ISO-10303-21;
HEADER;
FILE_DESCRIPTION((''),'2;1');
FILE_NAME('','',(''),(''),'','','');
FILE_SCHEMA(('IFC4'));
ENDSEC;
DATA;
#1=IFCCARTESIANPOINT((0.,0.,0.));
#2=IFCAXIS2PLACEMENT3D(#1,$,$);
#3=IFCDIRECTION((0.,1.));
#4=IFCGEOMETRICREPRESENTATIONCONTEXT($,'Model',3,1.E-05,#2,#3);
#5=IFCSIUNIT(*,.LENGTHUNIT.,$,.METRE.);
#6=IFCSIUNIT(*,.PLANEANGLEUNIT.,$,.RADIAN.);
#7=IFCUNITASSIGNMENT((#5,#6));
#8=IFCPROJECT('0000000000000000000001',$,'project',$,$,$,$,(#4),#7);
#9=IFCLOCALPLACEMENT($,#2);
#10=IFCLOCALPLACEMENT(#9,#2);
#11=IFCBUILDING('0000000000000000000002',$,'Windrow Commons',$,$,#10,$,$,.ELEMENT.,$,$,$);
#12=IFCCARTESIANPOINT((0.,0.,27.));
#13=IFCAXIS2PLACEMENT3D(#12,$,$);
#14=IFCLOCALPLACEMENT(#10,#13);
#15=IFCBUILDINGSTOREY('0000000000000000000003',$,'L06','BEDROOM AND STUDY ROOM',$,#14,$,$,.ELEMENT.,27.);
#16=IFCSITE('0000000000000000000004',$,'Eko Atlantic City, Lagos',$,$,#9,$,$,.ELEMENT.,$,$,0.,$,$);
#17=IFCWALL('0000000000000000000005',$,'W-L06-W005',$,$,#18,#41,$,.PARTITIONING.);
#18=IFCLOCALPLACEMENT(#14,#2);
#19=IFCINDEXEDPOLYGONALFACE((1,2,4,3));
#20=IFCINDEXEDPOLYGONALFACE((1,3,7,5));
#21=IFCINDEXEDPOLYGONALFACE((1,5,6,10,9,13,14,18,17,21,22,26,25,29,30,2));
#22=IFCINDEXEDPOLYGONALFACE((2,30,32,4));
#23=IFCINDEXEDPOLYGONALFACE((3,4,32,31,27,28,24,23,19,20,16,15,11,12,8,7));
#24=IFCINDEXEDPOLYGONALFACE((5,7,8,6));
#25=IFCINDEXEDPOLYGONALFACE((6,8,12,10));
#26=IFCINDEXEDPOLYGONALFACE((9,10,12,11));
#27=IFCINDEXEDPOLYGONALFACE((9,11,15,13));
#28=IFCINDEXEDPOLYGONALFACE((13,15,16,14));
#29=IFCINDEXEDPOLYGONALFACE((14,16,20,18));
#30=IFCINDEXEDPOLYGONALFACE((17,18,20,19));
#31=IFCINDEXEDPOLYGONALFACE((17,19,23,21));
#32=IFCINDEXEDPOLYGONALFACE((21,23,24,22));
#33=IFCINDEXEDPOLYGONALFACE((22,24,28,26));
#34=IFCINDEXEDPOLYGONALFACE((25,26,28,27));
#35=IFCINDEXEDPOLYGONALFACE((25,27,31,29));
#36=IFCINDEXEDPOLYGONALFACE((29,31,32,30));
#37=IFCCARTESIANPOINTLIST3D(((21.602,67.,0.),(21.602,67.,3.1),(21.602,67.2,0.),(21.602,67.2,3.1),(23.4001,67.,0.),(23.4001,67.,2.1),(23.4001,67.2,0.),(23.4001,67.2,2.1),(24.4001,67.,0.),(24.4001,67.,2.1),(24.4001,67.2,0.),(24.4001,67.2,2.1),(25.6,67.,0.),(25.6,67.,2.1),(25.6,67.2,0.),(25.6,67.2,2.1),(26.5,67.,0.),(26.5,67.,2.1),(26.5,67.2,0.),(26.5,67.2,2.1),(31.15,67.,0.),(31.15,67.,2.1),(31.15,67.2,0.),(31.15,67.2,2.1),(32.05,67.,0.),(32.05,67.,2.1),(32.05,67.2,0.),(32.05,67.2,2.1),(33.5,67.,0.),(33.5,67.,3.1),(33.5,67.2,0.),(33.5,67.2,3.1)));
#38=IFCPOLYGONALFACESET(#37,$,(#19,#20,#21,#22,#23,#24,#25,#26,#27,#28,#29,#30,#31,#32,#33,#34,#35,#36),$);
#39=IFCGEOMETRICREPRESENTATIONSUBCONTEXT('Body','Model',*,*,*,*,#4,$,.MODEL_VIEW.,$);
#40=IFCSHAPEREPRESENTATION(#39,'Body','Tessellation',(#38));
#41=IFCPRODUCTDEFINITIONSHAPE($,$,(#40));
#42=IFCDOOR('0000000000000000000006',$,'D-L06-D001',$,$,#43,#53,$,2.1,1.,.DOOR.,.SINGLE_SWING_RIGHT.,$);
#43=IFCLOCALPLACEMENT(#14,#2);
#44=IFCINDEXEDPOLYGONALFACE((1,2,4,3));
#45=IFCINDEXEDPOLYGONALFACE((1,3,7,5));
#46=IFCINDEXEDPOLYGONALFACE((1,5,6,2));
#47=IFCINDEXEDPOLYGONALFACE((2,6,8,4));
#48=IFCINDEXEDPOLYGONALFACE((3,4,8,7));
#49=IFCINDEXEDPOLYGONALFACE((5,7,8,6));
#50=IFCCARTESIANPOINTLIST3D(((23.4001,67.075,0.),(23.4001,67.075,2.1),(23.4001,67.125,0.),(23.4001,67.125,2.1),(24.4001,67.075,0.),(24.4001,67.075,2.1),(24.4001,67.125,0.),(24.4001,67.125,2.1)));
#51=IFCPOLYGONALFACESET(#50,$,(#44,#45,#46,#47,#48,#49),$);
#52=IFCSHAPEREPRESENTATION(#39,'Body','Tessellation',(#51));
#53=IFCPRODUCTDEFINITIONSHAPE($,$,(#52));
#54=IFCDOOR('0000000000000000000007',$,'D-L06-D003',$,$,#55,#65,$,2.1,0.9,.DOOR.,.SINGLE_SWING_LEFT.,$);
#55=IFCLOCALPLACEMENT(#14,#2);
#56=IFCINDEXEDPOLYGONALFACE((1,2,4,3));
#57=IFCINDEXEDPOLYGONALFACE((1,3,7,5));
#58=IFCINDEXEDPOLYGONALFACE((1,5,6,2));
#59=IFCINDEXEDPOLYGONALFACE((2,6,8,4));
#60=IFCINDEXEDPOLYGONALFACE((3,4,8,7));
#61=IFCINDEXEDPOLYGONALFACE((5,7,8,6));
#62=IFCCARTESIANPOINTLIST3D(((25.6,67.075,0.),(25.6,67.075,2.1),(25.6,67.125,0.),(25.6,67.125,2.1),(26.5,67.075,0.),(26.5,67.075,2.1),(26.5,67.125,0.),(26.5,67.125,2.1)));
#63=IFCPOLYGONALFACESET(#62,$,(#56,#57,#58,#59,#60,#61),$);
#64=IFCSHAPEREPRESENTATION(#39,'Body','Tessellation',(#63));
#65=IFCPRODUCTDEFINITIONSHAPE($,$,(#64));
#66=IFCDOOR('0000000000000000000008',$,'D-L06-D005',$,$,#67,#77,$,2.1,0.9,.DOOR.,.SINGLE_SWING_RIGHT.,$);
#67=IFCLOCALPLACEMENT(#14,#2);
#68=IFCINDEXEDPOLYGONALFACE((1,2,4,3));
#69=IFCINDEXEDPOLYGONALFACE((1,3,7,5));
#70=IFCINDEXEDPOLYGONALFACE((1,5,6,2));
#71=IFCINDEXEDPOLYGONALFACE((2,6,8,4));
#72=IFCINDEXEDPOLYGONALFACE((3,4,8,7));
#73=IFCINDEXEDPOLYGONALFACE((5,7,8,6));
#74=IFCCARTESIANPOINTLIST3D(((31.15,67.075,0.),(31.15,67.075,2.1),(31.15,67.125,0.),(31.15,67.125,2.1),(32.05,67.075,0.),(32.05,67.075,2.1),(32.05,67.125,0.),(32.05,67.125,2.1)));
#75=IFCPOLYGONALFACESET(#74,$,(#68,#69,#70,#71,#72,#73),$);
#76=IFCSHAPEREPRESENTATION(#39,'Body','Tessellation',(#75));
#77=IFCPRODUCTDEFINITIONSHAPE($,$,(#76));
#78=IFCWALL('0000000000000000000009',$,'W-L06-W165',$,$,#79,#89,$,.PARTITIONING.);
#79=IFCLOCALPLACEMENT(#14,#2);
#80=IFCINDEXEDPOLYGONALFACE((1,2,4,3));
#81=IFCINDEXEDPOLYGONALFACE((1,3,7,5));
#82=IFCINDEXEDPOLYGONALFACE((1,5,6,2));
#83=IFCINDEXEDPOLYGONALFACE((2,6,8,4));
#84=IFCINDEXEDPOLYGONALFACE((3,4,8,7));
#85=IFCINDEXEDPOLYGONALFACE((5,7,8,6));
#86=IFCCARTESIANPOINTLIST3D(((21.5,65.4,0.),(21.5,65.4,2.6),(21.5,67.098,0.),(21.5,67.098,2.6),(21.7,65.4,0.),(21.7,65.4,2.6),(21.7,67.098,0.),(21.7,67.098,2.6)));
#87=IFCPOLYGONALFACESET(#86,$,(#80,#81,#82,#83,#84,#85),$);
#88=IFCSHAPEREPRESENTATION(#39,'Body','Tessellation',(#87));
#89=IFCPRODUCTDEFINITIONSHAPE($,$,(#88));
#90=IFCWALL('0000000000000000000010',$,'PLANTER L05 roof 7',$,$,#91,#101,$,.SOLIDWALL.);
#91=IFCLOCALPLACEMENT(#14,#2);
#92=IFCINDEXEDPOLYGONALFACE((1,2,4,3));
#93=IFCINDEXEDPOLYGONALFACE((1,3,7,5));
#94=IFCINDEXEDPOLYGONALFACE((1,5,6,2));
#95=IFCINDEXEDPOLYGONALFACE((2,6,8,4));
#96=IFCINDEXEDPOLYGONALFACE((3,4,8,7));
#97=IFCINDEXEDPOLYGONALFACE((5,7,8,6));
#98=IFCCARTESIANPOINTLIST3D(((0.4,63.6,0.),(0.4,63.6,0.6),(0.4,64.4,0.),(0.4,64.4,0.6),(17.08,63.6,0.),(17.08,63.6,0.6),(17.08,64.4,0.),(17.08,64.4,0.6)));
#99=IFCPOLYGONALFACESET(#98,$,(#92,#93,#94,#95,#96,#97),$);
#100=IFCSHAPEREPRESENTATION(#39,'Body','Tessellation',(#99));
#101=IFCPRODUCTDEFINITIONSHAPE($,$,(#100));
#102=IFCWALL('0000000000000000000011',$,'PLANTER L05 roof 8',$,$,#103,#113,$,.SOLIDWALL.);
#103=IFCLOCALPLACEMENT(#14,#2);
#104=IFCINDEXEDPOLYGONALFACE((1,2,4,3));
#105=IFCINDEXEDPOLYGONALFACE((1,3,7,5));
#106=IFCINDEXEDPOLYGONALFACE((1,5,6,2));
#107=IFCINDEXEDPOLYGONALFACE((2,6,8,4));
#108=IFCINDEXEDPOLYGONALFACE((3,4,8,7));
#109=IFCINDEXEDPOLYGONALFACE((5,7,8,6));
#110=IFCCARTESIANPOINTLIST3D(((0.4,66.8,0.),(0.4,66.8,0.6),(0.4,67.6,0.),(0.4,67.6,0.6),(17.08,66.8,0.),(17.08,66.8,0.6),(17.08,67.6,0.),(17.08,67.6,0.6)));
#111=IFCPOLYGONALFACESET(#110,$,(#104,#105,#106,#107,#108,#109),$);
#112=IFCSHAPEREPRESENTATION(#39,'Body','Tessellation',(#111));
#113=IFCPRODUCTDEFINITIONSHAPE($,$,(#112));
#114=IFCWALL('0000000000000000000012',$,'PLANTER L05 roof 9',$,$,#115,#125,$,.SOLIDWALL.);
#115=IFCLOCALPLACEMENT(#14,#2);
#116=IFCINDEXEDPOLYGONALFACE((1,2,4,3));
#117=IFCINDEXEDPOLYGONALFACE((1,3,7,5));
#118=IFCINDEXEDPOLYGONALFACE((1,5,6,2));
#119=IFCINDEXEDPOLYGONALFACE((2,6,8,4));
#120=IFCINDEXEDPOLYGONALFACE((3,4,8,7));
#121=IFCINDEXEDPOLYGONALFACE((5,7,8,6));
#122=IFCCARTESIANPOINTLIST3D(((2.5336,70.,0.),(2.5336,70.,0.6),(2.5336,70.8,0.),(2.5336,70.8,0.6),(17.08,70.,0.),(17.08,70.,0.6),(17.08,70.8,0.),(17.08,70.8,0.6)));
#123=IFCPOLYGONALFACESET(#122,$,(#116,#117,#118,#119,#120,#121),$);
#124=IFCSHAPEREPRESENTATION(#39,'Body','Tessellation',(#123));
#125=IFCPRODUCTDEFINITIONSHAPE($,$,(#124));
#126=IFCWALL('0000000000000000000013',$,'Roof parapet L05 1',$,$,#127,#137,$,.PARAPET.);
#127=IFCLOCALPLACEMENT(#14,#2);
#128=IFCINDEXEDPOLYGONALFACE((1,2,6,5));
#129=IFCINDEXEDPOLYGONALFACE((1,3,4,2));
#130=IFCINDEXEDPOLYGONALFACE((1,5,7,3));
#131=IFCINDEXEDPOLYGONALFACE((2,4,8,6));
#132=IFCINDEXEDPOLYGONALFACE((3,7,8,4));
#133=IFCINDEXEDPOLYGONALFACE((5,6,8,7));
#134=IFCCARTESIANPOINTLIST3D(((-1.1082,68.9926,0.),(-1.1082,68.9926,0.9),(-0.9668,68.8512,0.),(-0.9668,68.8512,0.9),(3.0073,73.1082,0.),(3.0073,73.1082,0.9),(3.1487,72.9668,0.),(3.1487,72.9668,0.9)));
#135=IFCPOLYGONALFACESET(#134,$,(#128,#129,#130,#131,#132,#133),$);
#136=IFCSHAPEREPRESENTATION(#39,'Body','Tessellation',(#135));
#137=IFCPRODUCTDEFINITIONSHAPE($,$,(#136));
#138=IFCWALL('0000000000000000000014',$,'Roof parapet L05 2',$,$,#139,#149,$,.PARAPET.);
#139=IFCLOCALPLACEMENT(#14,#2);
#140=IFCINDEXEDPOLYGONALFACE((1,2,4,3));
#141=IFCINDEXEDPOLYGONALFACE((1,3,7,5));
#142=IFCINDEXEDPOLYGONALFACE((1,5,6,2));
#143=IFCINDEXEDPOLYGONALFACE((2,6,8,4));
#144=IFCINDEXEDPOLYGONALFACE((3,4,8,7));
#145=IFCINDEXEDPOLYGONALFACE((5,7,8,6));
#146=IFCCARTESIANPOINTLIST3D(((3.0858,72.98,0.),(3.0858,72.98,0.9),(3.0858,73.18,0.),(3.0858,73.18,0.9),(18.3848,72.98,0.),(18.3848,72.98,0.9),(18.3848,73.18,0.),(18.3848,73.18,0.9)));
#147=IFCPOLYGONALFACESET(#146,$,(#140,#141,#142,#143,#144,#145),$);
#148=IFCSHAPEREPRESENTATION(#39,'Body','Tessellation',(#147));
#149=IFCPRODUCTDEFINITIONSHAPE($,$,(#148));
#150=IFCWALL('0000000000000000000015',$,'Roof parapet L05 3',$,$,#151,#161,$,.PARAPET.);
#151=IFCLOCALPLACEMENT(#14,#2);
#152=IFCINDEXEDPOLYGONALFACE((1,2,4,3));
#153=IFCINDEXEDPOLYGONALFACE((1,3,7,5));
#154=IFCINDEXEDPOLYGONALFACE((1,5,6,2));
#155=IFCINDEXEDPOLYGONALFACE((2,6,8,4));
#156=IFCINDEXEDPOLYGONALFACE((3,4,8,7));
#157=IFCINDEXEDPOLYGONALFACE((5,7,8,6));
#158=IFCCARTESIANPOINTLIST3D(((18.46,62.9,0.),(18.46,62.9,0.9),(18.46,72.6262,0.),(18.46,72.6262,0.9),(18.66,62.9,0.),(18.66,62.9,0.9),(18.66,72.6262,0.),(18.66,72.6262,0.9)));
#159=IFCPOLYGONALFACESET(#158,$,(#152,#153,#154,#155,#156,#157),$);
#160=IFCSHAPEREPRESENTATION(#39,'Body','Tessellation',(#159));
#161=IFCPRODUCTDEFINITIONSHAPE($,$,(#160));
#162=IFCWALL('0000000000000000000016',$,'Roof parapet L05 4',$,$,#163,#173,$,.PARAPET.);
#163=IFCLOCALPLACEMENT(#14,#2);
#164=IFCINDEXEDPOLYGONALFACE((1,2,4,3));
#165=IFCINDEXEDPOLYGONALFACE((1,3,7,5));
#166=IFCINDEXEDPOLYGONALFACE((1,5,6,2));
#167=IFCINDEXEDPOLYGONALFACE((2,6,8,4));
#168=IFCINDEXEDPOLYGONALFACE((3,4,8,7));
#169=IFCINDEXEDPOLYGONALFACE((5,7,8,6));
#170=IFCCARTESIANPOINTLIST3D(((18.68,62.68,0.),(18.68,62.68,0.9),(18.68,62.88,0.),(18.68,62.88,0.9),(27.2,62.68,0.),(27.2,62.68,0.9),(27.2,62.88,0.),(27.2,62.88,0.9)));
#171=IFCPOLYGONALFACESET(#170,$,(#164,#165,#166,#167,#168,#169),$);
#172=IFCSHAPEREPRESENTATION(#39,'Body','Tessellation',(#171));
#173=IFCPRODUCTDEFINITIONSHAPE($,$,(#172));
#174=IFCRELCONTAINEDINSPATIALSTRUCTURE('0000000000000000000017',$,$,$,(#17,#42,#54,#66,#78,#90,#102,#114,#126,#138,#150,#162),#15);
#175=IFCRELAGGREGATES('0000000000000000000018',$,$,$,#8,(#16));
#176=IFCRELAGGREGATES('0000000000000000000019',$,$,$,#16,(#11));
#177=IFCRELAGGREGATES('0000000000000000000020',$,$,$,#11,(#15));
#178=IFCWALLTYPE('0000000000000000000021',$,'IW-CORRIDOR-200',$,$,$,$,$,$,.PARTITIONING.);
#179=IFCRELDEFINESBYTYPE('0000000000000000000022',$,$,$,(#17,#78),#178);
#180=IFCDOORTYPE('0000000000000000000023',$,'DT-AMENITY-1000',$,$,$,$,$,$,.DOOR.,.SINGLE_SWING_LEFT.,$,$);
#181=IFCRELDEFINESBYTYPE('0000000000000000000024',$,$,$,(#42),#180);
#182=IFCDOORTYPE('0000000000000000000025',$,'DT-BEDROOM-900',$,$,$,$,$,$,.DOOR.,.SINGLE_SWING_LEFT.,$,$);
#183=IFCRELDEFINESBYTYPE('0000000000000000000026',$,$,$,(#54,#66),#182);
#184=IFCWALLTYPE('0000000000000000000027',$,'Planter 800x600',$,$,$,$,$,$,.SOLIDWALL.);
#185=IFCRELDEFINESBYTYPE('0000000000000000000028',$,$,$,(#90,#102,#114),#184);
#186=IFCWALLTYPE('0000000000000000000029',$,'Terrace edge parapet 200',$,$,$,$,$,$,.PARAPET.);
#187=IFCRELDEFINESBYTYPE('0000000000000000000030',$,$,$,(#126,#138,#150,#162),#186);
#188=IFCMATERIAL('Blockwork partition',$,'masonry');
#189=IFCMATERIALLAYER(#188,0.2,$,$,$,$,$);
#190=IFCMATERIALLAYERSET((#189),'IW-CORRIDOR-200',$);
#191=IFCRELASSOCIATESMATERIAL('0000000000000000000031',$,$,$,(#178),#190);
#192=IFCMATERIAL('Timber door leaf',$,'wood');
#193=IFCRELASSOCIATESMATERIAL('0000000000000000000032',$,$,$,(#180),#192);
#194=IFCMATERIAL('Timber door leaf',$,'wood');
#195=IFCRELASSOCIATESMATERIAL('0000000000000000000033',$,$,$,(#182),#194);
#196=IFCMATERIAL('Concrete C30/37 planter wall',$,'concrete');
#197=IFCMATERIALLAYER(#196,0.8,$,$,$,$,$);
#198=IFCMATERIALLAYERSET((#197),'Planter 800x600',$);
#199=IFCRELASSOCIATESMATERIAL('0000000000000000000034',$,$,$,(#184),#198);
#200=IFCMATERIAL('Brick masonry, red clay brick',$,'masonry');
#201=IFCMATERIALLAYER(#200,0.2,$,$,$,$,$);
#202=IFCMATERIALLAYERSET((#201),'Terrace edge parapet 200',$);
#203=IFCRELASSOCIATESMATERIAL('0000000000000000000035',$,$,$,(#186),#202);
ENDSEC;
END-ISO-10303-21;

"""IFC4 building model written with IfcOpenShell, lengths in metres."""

from ifc_helpers import new_model, si_unit, direction, frame, frame_2d, origin, place, context, subcontext, project, spatial, rectangle, extrude, material, layer, layer_set, type_object, element, fill, save


model = new_model("IFC4")

# Units and contexts
model_context = context("Model", 3, precision=1e-05, world=origin(), true_north=direction((0.0, 1.0)))
body_context = subcontext(model_context, "Body", "Model", "MODEL_VIEW")
ifc_project = project(units=[si_unit("LENGTHUNIT", "METRE"), si_unit("PLANEANGLEUNIT", "RADIAN")], contexts=[model_context])

# Site, building, storey
site_placement = place(None, origin())
site = spatial("IfcSite", under=ifc_project, at=site_placement, Name="Eko Atlantic City, Lagos", CompositionType="ELEMENT", RefElevation=0.0)
building_placement = place(site_placement, origin())
building = spatial("IfcBuilding", under=site, at=building_placement, Name="Windrow Commons", CompositionType="ELEMENT")
storey_placement = place(building_placement, frame((0.0, 0.0, 27.0)))
storey = spatial("IfcBuildingStorey", under=building, at=storey_placement, Name="L06", Description="BEDROOM AND STUDY ROOM", CompositionType="ELEMENT", Elevation=27.0)

# Wall, openings, doors
ifc_material_1 = material(Name="Blockwork partition", Category="masonry")
ifc_layer_1 = layer(ifc_material_1, 0.2)
ifc_layer_set_1 = layer_set([ifc_layer_1], Name="IW-CORRIDOR-200")
wall_type_1 = type_object("IfcWallType", Name="IW-CORRIDOR-200", PredefinedType="PARTITIONING", material=ifc_layer_set_1)
wall_1_placement = place(storey_placement, frame((21.602, 67.1, 0.0), z_axis=(0.0, 0.0, 1.0), x_axis=(1.0, 0.0, 0.0)))
wall_1 = element("IfcWall", 1, at=wall_1_placement, inside=storey, type_object=wall_type_1, Name="W-L06-W005", PredefinedType="PARTITIONING", context=body_context, shape_type="SweptSolid", body=[
    extrude(rectangle(XDim=11.898, YDim=0.2, at=frame_2d((5.949, 0.0))), origin(), (0.0, 0.0, 1.0), 3.1),
])
opening_1_placement = place(wall_1_placement, frame((1.7981, 0.0, 0.0)))
opening_1 = element("IfcOpeningElement", 2, at=opening_1_placement, cuts=wall_1, PredefinedType="OPENING", context=body_context, shape_type="SweptSolid", body=[
    extrude(rectangle(XDim=1.0, YDim=2.1, at=frame_2d((0.5, 1.05))), frame((0.0, 0.11, 0.0), z_axis=(0.0, -1.0, 0.0), x_axis=(1.0, 0.0, 0.0)), (0.0, 0.0, 1.0), 0.22),
])
opening_2_placement = place(wall_1_placement, frame((3.998, 0.0, 0.0)))
opening_2 = element("IfcOpeningElement", 3, at=opening_2_placement, cuts=wall_1, PredefinedType="OPENING", context=body_context, shape_type="SweptSolid", body=[
    extrude(rectangle(XDim=0.9, YDim=2.1, at=frame_2d((0.45, 1.05))), frame((0.0, 0.11, 0.0), z_axis=(0.0, -1.0, 0.0), x_axis=(1.0, 0.0, 0.0)), (0.0, 0.0, 1.0), 0.22),
])
opening_3_placement = place(wall_1_placement, frame((9.548, 0.0, 0.0)))
opening_3 = element("IfcOpeningElement", 4, at=opening_3_placement, cuts=wall_1, PredefinedType="OPENING", context=body_context, shape_type="SweptSolid", body=[
    extrude(rectangle(XDim=0.9, YDim=2.1, at=frame_2d((0.45, 1.05))), frame((0.0, 0.11, 0.0), z_axis=(0.0, -1.0, 0.0), x_axis=(1.0, 0.0, 0.0)), (0.0, 0.0, 1.0), 0.22),
])
ifc_material_2 = material(Name="Timber door leaf", Category="wood")
door_type_1 = type_object("IfcDoorType", Name="DT-AMENITY-1000", OperationType="SINGLE_SWING_LEFT", PredefinedType="DOOR", material=ifc_material_2)
door_1_placement = place(opening_1_placement, origin())
door_1 = element("IfcDoor", 5, at=door_1_placement, inside=storey, type_object=door_type_1, Name="D-L06-D001", OperationType="SINGLE_SWING_RIGHT", OverallHeight=2.1, OverallWidth=1.0, PredefinedType="DOOR", context=body_context, shape_type="SweptSolid", body=[
    extrude(rectangle(XDim=1.0, YDim=2.1, at=frame_2d((0.5, 1.05))), frame((0.0, 0.025, 0.0), z_axis=(0.0, -1.0, 0.0), x_axis=(1.0, 0.0, 0.0)), (0.0, 0.0, 1.0), 0.05),
])
fill(opening_1, door_1)
ifc_material_3 = material(Name="Timber door leaf", Category="wood")
door_type_2 = type_object("IfcDoorType", Name="DT-BEDROOM-900", OperationType="SINGLE_SWING_LEFT", PredefinedType="DOOR", material=ifc_material_3)
door_2_placement = place(opening_2_placement, origin())
door_2 = element("IfcDoor", 6, at=door_2_placement, inside=storey, type_object=door_type_2, Name="D-L06-D003", OperationType="SINGLE_SWING_LEFT", OverallHeight=2.1, OverallWidth=0.9, PredefinedType="DOOR", context=body_context, shape_type="SweptSolid", body=[
    extrude(rectangle(XDim=0.9, YDim=2.1, at=frame_2d((0.45, 1.05))), frame((0.0, 0.025, 0.0), z_axis=(0.0, -1.0, 0.0), x_axis=(1.0, 0.0, 0.0)), (0.0, 0.0, 1.0), 0.05),
])
fill(opening_2, door_2)
door_3_placement = place(opening_3_placement, origin())
door_3 = element("IfcDoor", 7, at=door_3_placement, inside=storey, type_object=door_type_2, Name="D-L06-D005", OperationType="SINGLE_SWING_RIGHT", OverallHeight=2.1, OverallWidth=0.9, PredefinedType="DOOR", context=body_context, shape_type="SweptSolid", body=[
    extrude(rectangle(XDim=0.9, YDim=2.1, at=frame_2d((0.45, 1.05))), frame((0.0, 0.025, 0.0), z_axis=(0.0, -1.0, 0.0), x_axis=(1.0, 0.0, 0.0)), (0.0, 0.0, 1.0), 0.05),
])
fill(opening_3, door_3)

# Walls
wall_2_placement = place(storey_placement, frame((21.6, 65.4, 0.0), z_axis=(0.0, 0.0, 1.0), x_axis=(0.0, 1.0, 0.0)))
element("IfcWall", 8, at=wall_2_placement, inside=storey, type_object=wall_type_1, Name="W-L06-W165", PredefinedType="PARTITIONING", context=body_context, shape_type="SweptSolid", body=[
    extrude(rectangle(XDim=1.698, YDim=0.2, at=frame_2d((0.849, 0.0))), origin(), (0.0, 0.0, 1.0), 2.6),
])
ifc_material_4 = material(Name="Concrete C30/37 planter wall", Category="concrete")
ifc_layer_2 = layer(ifc_material_4, 0.8)
ifc_layer_set_2 = layer_set([ifc_layer_2], Name="Planter 800x600")
wall_type_2 = type_object("IfcWallType", Name="Planter 800x600", PredefinedType="SOLIDWALL", material=ifc_layer_set_2)
for number, where, z_axis, x_axis, name in (
    (9, (0.4, 64.0, 0.0), (0.0, 0.0, 1.0), (1.0, 0.0, 0.0), "PLANTER L05 roof 7"),
    (10, (0.4, 67.2, 0.0), (0.0, 0.0, 1.0), (1.0, 0.0, 0.0), "PLANTER L05 roof 8"),
):
    element("IfcWall", number, at=place(storey_placement, frame(where, z_axis=z_axis, x_axis=x_axis)), inside=storey, type_object=wall_type_2, Name=name, PredefinedType="SOLIDWALL", context=body_context, shape_type="SweptSolid", body=[
        extrude(rectangle(XDim=16.68, YDim=0.8, at=frame_2d((8.34, 0.0))), origin(), (0.0, 0.0, 1.0), 0.6),
    ])
wall_3_placement = place(storey_placement, frame((2.5336, 70.4, 0.0), z_axis=(0.0, 0.0, 1.0), x_axis=(1.0, 0.0, 0.0)))
element("IfcWall", 11, at=wall_3_placement, inside=storey, type_object=wall_type_2, Name="PLANTER L05 roof 9", PredefinedType="SOLIDWALL", context=body_context, shape_type="SweptSolid", body=[
    extrude(rectangle(XDim=14.5464, YDim=0.8, at=frame_2d((7.2732, 0.0))), origin(), (0.0, 0.0, 1.0), 0.6),
])
ifc_material_5 = material(Name="Brick masonry, red clay brick", Category="masonry")
ifc_layer_3 = layer(ifc_material_5, 0.2)
ifc_layer_set_3 = layer_set([ifc_layer_3], Name="Terrace edge parapet 200")
wall_type_3 = type_object("IfcWallType", Name="Terrace edge parapet 200", PredefinedType="PARAPET", material=ifc_layer_set_3)
wall_4_placement = place(storey_placement, frame((-1.0375, 68.9219, 0.0), z_axis=(0.0, 0.0, 1.0), x_axis=(0.707098, 0.707115, 0.0)))
element("IfcWall", 12, at=wall_4_placement, inside=storey, type_object=wall_type_3, Name="Roof parapet L05 1", PredefinedType="PARAPET", context=body_context, shape_type="SweptSolid", body=[
    extrude(rectangle(XDim=5.8203, YDim=0.2, at=frame_2d((2.9101, 0.0))), origin(), (0.0, 0.0, 1.0), 0.9),
])
wall_5_placement = place(storey_placement, frame((3.0858, 73.08, 0.0), z_axis=(0.0, 0.0, 1.0), x_axis=(1.0, 0.0, 0.0)))
element("IfcWall", 13, at=wall_5_placement, inside=storey, type_object=wall_type_3, Name="Roof parapet L05 2", PredefinedType="PARAPET", context=body_context, shape_type="SweptSolid", body=[
    extrude(rectangle(XDim=15.2991, YDim=0.2, at=frame_2d((7.6495, 0.0))), origin(), (0.0, 0.0, 1.0), 0.9),
])
wall_6_placement = place(storey_placement, frame((18.56, 72.6263, 0.0), z_axis=(0.0, 0.0, 1.0), x_axis=(0.0, -1.0, 0.0)))
element("IfcWall", 14, at=wall_6_placement, inside=storey, type_object=wall_type_3, Name="Roof parapet L05 3", PredefinedType="PARAPET", context=body_context, shape_type="SweptSolid", body=[
    extrude(rectangle(XDim=9.7263, YDim=0.2, at=frame_2d((4.8632, 0.0))), origin(), (0.0, 0.0, 1.0), 0.9),
])
wall_7_placement = place(storey_placement, frame((18.68, 62.78, 0.0), z_axis=(0.0, 0.0, 1.0), x_axis=(1.0, 0.0, 0.0)))
element("IfcWall", 15, at=wall_7_placement, inside=storey, type_object=wall_type_3, Name="Roof parapet L05 4", PredefinedType="PARAPET", context=body_context, shape_type="SweptSolid", body=[
    extrude(rectangle(XDim=8.52, YDim=0.2, at=frame_2d((4.26, 0.0))), origin(), (0.0, 0.0, 1.0), 0.9),
])

save(model, "model.ifc")
